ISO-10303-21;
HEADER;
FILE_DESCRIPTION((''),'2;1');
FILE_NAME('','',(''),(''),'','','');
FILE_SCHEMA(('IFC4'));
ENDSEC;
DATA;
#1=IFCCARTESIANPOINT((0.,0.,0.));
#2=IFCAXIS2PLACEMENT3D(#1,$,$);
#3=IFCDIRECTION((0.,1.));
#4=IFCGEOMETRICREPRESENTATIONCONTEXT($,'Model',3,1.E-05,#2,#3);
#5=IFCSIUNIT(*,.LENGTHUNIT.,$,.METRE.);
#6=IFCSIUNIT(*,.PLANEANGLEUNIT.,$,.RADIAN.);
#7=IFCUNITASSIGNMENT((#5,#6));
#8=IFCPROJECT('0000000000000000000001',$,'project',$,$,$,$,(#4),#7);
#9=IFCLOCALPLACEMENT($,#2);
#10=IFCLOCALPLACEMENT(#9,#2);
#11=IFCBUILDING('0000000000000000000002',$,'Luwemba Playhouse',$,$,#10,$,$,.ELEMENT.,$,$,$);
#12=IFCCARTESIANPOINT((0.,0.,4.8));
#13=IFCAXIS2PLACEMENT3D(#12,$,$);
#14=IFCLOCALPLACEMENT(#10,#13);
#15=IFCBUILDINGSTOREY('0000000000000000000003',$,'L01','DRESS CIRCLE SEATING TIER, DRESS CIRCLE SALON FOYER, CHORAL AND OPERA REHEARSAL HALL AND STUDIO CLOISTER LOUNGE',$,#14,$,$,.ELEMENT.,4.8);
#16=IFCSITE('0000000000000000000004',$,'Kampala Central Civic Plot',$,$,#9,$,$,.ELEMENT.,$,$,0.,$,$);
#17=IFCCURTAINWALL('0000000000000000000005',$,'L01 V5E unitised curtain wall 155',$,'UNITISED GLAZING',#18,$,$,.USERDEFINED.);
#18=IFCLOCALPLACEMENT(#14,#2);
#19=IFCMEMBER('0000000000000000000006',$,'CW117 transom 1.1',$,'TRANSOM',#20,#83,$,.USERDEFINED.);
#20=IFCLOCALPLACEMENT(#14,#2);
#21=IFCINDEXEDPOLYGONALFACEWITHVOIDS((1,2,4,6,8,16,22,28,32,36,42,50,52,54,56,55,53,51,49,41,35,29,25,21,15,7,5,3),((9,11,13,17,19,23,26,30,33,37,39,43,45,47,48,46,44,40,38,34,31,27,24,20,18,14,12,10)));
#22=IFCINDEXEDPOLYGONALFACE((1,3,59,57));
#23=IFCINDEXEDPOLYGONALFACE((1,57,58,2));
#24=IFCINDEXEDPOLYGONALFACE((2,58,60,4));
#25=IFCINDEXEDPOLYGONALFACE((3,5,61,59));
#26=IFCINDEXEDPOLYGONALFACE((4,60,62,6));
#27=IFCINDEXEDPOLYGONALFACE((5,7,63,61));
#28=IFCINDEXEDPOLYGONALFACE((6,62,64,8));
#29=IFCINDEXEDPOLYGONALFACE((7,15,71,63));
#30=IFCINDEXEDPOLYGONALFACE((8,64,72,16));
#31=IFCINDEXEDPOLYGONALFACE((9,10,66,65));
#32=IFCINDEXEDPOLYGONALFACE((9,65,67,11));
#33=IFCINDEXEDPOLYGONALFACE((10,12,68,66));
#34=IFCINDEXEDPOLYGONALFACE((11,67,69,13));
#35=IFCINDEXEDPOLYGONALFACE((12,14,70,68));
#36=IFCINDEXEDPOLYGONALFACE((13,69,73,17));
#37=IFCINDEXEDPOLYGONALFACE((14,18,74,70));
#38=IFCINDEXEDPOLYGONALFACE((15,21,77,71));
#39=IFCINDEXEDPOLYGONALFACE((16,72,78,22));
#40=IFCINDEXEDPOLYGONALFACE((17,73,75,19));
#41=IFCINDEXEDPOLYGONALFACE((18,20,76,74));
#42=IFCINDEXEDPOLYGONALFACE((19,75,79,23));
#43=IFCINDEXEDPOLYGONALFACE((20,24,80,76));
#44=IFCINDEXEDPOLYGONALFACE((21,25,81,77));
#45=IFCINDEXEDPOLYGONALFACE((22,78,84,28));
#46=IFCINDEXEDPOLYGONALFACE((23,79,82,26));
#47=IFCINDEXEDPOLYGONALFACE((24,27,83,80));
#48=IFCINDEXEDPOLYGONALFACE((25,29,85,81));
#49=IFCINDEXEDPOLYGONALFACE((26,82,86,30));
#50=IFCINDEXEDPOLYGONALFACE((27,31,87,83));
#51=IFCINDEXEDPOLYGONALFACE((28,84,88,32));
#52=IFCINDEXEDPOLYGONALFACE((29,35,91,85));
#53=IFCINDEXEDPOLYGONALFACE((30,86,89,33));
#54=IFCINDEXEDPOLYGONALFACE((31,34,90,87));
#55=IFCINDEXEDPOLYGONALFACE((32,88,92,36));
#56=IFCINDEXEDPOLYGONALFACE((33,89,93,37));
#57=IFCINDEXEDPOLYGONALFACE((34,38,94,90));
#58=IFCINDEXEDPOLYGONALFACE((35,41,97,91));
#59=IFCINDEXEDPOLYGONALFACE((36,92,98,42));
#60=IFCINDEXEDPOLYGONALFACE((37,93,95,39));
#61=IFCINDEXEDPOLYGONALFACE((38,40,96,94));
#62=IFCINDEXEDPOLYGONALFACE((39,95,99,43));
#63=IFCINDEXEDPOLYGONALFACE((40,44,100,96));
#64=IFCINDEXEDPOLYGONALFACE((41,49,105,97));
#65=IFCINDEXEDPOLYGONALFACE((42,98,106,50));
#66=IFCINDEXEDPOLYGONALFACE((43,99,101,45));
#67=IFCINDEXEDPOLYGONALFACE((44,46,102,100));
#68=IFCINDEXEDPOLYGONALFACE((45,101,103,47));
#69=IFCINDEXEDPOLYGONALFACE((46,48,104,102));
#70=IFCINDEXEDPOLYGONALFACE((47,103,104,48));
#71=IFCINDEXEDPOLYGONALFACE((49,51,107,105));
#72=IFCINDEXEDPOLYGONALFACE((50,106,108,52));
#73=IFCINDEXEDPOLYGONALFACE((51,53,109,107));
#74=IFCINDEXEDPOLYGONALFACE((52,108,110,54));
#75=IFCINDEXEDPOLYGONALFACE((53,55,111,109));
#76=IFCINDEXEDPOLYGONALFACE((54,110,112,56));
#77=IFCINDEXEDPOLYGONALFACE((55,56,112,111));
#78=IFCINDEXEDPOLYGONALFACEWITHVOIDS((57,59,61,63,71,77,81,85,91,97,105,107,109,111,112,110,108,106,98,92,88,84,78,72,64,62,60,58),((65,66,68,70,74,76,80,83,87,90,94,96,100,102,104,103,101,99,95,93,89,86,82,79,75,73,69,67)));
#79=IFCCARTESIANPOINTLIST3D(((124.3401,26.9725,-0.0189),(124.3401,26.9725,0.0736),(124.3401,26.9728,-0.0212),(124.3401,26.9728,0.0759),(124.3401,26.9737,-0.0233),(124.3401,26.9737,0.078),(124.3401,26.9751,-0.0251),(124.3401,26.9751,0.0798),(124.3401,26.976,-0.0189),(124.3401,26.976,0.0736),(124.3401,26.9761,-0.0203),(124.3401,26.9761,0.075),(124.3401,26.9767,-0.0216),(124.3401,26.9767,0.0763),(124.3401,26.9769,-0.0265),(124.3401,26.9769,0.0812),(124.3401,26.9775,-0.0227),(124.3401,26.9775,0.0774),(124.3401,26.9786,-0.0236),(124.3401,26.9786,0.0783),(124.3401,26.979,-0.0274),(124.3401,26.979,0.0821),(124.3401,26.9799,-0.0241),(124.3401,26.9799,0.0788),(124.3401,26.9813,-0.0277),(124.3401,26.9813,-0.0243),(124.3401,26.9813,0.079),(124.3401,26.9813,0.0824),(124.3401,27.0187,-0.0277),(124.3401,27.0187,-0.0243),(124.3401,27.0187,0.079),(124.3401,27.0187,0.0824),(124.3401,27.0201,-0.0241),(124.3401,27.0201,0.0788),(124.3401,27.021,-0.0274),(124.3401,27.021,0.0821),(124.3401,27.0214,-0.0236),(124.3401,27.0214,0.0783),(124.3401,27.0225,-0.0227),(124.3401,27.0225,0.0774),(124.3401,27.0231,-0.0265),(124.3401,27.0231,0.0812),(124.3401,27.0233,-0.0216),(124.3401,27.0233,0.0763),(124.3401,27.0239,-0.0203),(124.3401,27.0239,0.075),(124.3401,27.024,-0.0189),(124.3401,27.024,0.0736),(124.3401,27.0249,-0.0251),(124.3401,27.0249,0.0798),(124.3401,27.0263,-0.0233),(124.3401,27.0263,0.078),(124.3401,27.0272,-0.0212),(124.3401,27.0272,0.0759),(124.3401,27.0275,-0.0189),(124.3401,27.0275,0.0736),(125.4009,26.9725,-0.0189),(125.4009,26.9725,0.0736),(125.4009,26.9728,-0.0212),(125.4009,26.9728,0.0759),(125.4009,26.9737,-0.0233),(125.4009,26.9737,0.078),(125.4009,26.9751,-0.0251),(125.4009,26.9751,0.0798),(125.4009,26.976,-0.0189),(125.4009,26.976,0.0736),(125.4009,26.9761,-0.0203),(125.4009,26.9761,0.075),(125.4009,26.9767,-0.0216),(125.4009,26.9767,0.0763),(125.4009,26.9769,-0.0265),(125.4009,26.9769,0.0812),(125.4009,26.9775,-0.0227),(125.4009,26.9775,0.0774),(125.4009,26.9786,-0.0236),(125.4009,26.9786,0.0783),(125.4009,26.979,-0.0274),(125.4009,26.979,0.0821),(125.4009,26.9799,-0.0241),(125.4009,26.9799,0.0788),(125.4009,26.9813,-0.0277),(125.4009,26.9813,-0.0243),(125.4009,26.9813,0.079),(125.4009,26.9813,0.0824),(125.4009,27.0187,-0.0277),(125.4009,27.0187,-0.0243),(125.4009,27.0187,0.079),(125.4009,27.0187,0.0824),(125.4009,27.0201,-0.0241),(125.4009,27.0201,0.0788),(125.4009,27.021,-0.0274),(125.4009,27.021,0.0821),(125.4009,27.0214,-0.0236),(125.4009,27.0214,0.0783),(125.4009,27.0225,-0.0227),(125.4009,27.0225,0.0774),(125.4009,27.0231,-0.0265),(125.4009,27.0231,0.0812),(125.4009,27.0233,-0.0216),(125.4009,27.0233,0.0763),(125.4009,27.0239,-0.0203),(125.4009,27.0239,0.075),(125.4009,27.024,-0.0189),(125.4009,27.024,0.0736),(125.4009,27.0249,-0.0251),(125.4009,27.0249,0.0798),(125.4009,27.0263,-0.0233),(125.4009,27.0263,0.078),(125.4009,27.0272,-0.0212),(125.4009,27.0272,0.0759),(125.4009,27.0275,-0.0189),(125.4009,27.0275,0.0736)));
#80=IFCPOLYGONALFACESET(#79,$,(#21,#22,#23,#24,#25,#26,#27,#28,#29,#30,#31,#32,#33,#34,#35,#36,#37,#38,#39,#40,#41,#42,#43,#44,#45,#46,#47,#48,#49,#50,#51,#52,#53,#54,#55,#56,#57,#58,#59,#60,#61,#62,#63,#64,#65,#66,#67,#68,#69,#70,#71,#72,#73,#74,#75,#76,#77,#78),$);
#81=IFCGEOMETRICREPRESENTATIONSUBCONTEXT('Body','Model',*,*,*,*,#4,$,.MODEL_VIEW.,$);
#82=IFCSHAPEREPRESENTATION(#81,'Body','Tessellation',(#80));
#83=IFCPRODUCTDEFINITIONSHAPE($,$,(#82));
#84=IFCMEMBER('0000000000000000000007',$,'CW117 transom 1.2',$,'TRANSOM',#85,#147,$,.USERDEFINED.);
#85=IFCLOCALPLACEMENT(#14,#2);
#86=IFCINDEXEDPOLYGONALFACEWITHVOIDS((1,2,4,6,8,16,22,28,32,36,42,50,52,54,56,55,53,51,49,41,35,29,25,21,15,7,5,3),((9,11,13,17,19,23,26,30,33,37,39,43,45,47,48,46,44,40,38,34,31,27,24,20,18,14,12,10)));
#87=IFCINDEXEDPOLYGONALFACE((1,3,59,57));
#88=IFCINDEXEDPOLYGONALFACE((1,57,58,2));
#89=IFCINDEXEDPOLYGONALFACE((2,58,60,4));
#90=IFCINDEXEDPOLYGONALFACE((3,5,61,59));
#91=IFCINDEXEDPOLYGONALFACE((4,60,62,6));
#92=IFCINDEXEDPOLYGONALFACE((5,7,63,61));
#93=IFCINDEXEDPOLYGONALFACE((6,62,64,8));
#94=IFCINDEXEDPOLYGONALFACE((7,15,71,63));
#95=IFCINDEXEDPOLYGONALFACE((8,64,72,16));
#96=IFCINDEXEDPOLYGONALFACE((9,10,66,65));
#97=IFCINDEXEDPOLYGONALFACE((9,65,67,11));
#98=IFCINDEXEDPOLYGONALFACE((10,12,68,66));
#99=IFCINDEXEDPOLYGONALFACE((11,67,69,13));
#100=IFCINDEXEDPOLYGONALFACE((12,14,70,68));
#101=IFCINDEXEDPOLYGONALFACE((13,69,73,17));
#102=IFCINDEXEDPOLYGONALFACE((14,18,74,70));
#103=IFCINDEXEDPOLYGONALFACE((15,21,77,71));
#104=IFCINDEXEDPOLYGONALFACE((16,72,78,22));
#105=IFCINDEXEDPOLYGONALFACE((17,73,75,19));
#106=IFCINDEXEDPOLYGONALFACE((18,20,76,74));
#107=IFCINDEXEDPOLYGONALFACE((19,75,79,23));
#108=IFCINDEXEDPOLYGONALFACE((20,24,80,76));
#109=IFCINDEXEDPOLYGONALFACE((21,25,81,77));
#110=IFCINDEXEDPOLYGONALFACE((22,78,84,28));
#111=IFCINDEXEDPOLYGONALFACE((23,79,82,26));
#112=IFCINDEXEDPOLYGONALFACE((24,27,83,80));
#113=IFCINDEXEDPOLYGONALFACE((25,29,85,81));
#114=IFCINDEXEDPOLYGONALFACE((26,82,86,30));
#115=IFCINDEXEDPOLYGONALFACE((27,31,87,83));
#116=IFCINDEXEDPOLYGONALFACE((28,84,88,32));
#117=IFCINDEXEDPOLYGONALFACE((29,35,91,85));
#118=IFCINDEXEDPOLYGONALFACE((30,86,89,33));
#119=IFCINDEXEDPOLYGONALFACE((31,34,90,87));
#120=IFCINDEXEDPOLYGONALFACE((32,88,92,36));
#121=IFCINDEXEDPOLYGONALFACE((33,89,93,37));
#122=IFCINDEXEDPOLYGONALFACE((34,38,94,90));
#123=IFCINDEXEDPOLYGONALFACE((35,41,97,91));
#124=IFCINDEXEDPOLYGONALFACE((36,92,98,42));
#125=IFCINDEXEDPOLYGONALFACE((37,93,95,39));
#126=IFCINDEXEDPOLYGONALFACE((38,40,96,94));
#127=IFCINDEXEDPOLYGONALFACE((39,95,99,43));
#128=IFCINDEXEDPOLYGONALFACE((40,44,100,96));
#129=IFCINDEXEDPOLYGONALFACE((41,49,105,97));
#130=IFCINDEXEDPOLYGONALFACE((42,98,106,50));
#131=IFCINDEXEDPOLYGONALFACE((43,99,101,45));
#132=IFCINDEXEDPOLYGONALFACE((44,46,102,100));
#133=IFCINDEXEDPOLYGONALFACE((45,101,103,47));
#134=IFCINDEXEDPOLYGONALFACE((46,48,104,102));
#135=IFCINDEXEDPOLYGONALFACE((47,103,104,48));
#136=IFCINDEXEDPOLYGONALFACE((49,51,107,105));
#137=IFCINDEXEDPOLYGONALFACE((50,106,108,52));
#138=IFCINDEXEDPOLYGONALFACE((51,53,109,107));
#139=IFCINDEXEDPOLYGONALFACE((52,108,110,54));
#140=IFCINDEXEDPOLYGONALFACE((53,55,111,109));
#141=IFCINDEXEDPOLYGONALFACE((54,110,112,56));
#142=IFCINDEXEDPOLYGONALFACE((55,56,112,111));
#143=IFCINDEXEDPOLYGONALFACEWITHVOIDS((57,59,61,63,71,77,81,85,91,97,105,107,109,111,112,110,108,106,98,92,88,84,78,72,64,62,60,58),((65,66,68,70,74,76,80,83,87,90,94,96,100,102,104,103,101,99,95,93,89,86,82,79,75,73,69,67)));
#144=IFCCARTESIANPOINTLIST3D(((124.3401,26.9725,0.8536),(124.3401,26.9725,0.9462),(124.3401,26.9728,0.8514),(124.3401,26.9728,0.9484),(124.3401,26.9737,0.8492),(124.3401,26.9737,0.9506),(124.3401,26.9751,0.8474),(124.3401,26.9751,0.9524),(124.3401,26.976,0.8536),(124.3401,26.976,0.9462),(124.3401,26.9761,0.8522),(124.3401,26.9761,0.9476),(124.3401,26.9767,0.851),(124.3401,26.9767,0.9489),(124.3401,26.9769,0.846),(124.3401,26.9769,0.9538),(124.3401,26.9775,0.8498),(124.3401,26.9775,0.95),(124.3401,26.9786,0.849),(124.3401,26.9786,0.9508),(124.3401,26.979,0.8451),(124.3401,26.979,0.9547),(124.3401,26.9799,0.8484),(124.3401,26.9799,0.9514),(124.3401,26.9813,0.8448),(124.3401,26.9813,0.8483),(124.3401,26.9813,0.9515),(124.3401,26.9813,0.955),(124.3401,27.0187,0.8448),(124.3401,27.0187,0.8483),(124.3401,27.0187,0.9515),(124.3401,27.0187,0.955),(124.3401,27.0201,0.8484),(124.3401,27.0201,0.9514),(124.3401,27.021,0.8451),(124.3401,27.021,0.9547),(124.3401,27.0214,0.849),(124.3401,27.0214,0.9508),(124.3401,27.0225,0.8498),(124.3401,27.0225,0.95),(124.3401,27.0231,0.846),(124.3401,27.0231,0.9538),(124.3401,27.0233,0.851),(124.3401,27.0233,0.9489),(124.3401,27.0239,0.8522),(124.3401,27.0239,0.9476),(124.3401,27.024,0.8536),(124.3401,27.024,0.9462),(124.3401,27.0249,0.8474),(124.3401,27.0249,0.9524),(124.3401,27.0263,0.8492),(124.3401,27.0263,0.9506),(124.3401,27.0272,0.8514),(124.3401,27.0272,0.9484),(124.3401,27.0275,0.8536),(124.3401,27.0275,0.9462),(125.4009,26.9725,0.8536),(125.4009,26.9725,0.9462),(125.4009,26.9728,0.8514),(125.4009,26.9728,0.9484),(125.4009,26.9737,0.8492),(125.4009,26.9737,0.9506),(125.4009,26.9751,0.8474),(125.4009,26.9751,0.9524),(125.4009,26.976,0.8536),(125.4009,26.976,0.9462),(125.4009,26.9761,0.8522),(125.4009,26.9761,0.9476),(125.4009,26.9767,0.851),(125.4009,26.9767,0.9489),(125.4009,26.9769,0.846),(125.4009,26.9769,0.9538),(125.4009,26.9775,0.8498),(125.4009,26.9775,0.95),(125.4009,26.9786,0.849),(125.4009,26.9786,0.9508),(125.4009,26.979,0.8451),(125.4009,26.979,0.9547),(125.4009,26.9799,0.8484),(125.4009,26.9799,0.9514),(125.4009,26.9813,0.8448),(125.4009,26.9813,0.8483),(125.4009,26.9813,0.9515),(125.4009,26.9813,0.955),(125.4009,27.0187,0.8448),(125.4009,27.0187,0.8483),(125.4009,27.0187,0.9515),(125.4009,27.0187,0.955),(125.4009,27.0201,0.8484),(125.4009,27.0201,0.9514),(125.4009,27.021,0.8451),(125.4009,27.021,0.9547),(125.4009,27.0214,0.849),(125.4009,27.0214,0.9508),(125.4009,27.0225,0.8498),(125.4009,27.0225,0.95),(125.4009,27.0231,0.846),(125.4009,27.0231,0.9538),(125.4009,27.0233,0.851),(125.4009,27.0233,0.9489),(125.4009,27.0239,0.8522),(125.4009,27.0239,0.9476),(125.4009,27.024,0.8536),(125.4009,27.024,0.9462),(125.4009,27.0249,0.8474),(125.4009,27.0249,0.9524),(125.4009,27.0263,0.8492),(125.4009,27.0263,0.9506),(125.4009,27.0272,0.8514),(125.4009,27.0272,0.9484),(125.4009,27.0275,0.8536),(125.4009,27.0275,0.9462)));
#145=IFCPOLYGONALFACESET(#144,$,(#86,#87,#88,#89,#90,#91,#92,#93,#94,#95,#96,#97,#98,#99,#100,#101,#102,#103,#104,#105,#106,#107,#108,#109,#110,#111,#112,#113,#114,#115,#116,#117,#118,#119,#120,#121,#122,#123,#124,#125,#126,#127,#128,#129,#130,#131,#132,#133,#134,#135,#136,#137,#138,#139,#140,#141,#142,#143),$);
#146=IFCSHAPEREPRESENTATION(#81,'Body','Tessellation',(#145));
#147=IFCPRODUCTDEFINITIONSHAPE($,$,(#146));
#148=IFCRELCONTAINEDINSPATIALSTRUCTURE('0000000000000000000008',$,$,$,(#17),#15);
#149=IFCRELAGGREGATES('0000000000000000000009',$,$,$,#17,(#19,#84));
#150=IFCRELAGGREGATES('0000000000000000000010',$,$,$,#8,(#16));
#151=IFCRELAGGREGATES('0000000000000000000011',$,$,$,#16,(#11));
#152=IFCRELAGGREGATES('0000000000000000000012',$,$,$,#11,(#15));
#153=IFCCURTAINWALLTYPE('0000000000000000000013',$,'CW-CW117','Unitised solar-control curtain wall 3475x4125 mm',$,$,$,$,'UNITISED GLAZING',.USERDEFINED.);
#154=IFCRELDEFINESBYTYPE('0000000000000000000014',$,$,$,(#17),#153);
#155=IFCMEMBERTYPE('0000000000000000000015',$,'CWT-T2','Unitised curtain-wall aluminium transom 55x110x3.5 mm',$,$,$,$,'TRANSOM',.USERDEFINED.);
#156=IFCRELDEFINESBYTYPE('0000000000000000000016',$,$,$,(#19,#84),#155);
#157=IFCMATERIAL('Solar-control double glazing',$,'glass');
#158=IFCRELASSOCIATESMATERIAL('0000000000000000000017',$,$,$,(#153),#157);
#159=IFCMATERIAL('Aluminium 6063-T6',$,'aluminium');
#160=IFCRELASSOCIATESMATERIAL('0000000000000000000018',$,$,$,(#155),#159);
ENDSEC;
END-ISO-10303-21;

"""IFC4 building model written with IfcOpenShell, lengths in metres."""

from ifc_helpers import new_model, si_unit, direction, frame, origin, origin_2d, place, context, subcontext, project, spatial, hollow_rectangle, extrude, material, material_profile, profile_set, type_object, element, aggregate, save


model = new_model("IFC4")

# Units and contexts
model_context = context("Model", 3, precision=1e-05, world=origin(), true_north=direction((0.0, 1.0)))
body_context = subcontext(model_context, "Body", "Model", "MODEL_VIEW")
ifc_project = project(units=[si_unit("LENGTHUNIT", "METRE"), si_unit("PLANEANGLEUNIT", "RADIAN")], contexts=[model_context])

# Site, building, storey
site_placement = place(None, origin())
site = spatial("IfcSite", under=ifc_project, at=site_placement, Name="Kampala Central Civic Plot", CompositionType="ELEMENT", RefElevation=0.0)
building_placement = place(site_placement, origin())
building = spatial("IfcBuilding", under=site, at=building_placement, Name="Luwemba Playhouse", CompositionType="ELEMENT")
storey_placement = place(building_placement, frame((0.0, 0.0, 4.8)))
storey = spatial("IfcBuildingStorey", under=building, at=storey_placement, Name="L01", Description="DRESS CIRCLE SEATING TIER, DRESS CIRCLE SALON FOYER, CHORAL AND OPERA REHEARSAL HALL AND STUDIO CLOISTER LOUNGE", CompositionType="ELEMENT", Elevation=4.8)

# Shared definitions
ifc_material_1 = material(Name="Solar-control double glazing", Category="glass")
ifc_material_2 = material(Name="Aluminium 6063-T6", Category="aluminium")

# Curtain wall
curtain_wall_type_1 = type_object("IfcCurtainWallType", Name="CW-CW117", Description="Unitised solar-control curtain wall 3475x4125 mm", ElementType="UNITISED GLAZING", PredefinedType="USERDEFINED", material=ifc_material_1)
curtain_wall_1_placement = place(storey_placement, origin())
curtain_wall_1 = element("IfcCurtainWall", 1, at=curtain_wall_1_placement, inside=storey, type_object=curtain_wall_type_1, Name="L01 V5E unitised curtain wall 155", ObjectType="UNITISED GLAZING", PredefinedType="USERDEFINED")

# Members
ifc_material_profile_1 = material_profile(ifc_material_2, hollow_rectangle(XDim=0.0549, YDim=0.1101, WallThickness=0.0034, InnerFilletRadius=0.0054, OuterFilletRadius=0.0088, at=origin_2d()))
ifc_profile_set_1 = profile_set([ifc_material_profile_1], Name="Aluminium 6063-T6")
member_type_1 = type_object("IfcMemberType", Name="CWT-T2", Description="Unitised curtain-wall aluminium transom 55x110x3.5 mm", ElementType="TRANSOM", PredefinedType="USERDEFINED", material=ifc_profile_set_1)
member_1_placement = place(storey_placement, frame((124.3401, 27.0, 0.0273), z_axis=(1.0, 0.0, 0.0), x_axis=(0.0, 1.0, 0.0)))
member_1 = element("IfcMember", 2, at=member_1_placement, type_object=member_type_1, Name="CW117 transom 1.1", ObjectType="TRANSOM", PredefinedType="USERDEFINED", context=body_context, shape_type="SweptSolid", body=[
    extrude(hollow_rectangle(XDim=0.0549, YDim=0.1101, WallThickness=0.0034, InnerFilletRadius=0.0054, OuterFilletRadius=0.0088, at=origin_2d()), origin(), (0.0, 0.0, 1.0), 1.0608),
])
member_2_placement = place(storey_placement, frame((124.3401, 27.0, 0.8999), z_axis=(1.0, 0.0, 0.0), x_axis=(0.0, 1.0, 0.0)))
member_2 = element("IfcMember", 3, at=member_2_placement, type_object=member_type_1, Name="CW117 transom 1.2", ObjectType="TRANSOM", PredefinedType="USERDEFINED", context=body_context, shape_type="SweptSolid", body=[
    extrude(hollow_rectangle(XDim=0.0549, YDim=0.1101, WallThickness=0.0034, InnerFilletRadius=0.0054, OuterFilletRadius=0.0088, at=origin_2d()), origin(), (0.0, 0.0, 1.0), 1.0608),
])
aggregate(curtain_wall_1, [member_1, member_2])

save(model, "model.ifc")
